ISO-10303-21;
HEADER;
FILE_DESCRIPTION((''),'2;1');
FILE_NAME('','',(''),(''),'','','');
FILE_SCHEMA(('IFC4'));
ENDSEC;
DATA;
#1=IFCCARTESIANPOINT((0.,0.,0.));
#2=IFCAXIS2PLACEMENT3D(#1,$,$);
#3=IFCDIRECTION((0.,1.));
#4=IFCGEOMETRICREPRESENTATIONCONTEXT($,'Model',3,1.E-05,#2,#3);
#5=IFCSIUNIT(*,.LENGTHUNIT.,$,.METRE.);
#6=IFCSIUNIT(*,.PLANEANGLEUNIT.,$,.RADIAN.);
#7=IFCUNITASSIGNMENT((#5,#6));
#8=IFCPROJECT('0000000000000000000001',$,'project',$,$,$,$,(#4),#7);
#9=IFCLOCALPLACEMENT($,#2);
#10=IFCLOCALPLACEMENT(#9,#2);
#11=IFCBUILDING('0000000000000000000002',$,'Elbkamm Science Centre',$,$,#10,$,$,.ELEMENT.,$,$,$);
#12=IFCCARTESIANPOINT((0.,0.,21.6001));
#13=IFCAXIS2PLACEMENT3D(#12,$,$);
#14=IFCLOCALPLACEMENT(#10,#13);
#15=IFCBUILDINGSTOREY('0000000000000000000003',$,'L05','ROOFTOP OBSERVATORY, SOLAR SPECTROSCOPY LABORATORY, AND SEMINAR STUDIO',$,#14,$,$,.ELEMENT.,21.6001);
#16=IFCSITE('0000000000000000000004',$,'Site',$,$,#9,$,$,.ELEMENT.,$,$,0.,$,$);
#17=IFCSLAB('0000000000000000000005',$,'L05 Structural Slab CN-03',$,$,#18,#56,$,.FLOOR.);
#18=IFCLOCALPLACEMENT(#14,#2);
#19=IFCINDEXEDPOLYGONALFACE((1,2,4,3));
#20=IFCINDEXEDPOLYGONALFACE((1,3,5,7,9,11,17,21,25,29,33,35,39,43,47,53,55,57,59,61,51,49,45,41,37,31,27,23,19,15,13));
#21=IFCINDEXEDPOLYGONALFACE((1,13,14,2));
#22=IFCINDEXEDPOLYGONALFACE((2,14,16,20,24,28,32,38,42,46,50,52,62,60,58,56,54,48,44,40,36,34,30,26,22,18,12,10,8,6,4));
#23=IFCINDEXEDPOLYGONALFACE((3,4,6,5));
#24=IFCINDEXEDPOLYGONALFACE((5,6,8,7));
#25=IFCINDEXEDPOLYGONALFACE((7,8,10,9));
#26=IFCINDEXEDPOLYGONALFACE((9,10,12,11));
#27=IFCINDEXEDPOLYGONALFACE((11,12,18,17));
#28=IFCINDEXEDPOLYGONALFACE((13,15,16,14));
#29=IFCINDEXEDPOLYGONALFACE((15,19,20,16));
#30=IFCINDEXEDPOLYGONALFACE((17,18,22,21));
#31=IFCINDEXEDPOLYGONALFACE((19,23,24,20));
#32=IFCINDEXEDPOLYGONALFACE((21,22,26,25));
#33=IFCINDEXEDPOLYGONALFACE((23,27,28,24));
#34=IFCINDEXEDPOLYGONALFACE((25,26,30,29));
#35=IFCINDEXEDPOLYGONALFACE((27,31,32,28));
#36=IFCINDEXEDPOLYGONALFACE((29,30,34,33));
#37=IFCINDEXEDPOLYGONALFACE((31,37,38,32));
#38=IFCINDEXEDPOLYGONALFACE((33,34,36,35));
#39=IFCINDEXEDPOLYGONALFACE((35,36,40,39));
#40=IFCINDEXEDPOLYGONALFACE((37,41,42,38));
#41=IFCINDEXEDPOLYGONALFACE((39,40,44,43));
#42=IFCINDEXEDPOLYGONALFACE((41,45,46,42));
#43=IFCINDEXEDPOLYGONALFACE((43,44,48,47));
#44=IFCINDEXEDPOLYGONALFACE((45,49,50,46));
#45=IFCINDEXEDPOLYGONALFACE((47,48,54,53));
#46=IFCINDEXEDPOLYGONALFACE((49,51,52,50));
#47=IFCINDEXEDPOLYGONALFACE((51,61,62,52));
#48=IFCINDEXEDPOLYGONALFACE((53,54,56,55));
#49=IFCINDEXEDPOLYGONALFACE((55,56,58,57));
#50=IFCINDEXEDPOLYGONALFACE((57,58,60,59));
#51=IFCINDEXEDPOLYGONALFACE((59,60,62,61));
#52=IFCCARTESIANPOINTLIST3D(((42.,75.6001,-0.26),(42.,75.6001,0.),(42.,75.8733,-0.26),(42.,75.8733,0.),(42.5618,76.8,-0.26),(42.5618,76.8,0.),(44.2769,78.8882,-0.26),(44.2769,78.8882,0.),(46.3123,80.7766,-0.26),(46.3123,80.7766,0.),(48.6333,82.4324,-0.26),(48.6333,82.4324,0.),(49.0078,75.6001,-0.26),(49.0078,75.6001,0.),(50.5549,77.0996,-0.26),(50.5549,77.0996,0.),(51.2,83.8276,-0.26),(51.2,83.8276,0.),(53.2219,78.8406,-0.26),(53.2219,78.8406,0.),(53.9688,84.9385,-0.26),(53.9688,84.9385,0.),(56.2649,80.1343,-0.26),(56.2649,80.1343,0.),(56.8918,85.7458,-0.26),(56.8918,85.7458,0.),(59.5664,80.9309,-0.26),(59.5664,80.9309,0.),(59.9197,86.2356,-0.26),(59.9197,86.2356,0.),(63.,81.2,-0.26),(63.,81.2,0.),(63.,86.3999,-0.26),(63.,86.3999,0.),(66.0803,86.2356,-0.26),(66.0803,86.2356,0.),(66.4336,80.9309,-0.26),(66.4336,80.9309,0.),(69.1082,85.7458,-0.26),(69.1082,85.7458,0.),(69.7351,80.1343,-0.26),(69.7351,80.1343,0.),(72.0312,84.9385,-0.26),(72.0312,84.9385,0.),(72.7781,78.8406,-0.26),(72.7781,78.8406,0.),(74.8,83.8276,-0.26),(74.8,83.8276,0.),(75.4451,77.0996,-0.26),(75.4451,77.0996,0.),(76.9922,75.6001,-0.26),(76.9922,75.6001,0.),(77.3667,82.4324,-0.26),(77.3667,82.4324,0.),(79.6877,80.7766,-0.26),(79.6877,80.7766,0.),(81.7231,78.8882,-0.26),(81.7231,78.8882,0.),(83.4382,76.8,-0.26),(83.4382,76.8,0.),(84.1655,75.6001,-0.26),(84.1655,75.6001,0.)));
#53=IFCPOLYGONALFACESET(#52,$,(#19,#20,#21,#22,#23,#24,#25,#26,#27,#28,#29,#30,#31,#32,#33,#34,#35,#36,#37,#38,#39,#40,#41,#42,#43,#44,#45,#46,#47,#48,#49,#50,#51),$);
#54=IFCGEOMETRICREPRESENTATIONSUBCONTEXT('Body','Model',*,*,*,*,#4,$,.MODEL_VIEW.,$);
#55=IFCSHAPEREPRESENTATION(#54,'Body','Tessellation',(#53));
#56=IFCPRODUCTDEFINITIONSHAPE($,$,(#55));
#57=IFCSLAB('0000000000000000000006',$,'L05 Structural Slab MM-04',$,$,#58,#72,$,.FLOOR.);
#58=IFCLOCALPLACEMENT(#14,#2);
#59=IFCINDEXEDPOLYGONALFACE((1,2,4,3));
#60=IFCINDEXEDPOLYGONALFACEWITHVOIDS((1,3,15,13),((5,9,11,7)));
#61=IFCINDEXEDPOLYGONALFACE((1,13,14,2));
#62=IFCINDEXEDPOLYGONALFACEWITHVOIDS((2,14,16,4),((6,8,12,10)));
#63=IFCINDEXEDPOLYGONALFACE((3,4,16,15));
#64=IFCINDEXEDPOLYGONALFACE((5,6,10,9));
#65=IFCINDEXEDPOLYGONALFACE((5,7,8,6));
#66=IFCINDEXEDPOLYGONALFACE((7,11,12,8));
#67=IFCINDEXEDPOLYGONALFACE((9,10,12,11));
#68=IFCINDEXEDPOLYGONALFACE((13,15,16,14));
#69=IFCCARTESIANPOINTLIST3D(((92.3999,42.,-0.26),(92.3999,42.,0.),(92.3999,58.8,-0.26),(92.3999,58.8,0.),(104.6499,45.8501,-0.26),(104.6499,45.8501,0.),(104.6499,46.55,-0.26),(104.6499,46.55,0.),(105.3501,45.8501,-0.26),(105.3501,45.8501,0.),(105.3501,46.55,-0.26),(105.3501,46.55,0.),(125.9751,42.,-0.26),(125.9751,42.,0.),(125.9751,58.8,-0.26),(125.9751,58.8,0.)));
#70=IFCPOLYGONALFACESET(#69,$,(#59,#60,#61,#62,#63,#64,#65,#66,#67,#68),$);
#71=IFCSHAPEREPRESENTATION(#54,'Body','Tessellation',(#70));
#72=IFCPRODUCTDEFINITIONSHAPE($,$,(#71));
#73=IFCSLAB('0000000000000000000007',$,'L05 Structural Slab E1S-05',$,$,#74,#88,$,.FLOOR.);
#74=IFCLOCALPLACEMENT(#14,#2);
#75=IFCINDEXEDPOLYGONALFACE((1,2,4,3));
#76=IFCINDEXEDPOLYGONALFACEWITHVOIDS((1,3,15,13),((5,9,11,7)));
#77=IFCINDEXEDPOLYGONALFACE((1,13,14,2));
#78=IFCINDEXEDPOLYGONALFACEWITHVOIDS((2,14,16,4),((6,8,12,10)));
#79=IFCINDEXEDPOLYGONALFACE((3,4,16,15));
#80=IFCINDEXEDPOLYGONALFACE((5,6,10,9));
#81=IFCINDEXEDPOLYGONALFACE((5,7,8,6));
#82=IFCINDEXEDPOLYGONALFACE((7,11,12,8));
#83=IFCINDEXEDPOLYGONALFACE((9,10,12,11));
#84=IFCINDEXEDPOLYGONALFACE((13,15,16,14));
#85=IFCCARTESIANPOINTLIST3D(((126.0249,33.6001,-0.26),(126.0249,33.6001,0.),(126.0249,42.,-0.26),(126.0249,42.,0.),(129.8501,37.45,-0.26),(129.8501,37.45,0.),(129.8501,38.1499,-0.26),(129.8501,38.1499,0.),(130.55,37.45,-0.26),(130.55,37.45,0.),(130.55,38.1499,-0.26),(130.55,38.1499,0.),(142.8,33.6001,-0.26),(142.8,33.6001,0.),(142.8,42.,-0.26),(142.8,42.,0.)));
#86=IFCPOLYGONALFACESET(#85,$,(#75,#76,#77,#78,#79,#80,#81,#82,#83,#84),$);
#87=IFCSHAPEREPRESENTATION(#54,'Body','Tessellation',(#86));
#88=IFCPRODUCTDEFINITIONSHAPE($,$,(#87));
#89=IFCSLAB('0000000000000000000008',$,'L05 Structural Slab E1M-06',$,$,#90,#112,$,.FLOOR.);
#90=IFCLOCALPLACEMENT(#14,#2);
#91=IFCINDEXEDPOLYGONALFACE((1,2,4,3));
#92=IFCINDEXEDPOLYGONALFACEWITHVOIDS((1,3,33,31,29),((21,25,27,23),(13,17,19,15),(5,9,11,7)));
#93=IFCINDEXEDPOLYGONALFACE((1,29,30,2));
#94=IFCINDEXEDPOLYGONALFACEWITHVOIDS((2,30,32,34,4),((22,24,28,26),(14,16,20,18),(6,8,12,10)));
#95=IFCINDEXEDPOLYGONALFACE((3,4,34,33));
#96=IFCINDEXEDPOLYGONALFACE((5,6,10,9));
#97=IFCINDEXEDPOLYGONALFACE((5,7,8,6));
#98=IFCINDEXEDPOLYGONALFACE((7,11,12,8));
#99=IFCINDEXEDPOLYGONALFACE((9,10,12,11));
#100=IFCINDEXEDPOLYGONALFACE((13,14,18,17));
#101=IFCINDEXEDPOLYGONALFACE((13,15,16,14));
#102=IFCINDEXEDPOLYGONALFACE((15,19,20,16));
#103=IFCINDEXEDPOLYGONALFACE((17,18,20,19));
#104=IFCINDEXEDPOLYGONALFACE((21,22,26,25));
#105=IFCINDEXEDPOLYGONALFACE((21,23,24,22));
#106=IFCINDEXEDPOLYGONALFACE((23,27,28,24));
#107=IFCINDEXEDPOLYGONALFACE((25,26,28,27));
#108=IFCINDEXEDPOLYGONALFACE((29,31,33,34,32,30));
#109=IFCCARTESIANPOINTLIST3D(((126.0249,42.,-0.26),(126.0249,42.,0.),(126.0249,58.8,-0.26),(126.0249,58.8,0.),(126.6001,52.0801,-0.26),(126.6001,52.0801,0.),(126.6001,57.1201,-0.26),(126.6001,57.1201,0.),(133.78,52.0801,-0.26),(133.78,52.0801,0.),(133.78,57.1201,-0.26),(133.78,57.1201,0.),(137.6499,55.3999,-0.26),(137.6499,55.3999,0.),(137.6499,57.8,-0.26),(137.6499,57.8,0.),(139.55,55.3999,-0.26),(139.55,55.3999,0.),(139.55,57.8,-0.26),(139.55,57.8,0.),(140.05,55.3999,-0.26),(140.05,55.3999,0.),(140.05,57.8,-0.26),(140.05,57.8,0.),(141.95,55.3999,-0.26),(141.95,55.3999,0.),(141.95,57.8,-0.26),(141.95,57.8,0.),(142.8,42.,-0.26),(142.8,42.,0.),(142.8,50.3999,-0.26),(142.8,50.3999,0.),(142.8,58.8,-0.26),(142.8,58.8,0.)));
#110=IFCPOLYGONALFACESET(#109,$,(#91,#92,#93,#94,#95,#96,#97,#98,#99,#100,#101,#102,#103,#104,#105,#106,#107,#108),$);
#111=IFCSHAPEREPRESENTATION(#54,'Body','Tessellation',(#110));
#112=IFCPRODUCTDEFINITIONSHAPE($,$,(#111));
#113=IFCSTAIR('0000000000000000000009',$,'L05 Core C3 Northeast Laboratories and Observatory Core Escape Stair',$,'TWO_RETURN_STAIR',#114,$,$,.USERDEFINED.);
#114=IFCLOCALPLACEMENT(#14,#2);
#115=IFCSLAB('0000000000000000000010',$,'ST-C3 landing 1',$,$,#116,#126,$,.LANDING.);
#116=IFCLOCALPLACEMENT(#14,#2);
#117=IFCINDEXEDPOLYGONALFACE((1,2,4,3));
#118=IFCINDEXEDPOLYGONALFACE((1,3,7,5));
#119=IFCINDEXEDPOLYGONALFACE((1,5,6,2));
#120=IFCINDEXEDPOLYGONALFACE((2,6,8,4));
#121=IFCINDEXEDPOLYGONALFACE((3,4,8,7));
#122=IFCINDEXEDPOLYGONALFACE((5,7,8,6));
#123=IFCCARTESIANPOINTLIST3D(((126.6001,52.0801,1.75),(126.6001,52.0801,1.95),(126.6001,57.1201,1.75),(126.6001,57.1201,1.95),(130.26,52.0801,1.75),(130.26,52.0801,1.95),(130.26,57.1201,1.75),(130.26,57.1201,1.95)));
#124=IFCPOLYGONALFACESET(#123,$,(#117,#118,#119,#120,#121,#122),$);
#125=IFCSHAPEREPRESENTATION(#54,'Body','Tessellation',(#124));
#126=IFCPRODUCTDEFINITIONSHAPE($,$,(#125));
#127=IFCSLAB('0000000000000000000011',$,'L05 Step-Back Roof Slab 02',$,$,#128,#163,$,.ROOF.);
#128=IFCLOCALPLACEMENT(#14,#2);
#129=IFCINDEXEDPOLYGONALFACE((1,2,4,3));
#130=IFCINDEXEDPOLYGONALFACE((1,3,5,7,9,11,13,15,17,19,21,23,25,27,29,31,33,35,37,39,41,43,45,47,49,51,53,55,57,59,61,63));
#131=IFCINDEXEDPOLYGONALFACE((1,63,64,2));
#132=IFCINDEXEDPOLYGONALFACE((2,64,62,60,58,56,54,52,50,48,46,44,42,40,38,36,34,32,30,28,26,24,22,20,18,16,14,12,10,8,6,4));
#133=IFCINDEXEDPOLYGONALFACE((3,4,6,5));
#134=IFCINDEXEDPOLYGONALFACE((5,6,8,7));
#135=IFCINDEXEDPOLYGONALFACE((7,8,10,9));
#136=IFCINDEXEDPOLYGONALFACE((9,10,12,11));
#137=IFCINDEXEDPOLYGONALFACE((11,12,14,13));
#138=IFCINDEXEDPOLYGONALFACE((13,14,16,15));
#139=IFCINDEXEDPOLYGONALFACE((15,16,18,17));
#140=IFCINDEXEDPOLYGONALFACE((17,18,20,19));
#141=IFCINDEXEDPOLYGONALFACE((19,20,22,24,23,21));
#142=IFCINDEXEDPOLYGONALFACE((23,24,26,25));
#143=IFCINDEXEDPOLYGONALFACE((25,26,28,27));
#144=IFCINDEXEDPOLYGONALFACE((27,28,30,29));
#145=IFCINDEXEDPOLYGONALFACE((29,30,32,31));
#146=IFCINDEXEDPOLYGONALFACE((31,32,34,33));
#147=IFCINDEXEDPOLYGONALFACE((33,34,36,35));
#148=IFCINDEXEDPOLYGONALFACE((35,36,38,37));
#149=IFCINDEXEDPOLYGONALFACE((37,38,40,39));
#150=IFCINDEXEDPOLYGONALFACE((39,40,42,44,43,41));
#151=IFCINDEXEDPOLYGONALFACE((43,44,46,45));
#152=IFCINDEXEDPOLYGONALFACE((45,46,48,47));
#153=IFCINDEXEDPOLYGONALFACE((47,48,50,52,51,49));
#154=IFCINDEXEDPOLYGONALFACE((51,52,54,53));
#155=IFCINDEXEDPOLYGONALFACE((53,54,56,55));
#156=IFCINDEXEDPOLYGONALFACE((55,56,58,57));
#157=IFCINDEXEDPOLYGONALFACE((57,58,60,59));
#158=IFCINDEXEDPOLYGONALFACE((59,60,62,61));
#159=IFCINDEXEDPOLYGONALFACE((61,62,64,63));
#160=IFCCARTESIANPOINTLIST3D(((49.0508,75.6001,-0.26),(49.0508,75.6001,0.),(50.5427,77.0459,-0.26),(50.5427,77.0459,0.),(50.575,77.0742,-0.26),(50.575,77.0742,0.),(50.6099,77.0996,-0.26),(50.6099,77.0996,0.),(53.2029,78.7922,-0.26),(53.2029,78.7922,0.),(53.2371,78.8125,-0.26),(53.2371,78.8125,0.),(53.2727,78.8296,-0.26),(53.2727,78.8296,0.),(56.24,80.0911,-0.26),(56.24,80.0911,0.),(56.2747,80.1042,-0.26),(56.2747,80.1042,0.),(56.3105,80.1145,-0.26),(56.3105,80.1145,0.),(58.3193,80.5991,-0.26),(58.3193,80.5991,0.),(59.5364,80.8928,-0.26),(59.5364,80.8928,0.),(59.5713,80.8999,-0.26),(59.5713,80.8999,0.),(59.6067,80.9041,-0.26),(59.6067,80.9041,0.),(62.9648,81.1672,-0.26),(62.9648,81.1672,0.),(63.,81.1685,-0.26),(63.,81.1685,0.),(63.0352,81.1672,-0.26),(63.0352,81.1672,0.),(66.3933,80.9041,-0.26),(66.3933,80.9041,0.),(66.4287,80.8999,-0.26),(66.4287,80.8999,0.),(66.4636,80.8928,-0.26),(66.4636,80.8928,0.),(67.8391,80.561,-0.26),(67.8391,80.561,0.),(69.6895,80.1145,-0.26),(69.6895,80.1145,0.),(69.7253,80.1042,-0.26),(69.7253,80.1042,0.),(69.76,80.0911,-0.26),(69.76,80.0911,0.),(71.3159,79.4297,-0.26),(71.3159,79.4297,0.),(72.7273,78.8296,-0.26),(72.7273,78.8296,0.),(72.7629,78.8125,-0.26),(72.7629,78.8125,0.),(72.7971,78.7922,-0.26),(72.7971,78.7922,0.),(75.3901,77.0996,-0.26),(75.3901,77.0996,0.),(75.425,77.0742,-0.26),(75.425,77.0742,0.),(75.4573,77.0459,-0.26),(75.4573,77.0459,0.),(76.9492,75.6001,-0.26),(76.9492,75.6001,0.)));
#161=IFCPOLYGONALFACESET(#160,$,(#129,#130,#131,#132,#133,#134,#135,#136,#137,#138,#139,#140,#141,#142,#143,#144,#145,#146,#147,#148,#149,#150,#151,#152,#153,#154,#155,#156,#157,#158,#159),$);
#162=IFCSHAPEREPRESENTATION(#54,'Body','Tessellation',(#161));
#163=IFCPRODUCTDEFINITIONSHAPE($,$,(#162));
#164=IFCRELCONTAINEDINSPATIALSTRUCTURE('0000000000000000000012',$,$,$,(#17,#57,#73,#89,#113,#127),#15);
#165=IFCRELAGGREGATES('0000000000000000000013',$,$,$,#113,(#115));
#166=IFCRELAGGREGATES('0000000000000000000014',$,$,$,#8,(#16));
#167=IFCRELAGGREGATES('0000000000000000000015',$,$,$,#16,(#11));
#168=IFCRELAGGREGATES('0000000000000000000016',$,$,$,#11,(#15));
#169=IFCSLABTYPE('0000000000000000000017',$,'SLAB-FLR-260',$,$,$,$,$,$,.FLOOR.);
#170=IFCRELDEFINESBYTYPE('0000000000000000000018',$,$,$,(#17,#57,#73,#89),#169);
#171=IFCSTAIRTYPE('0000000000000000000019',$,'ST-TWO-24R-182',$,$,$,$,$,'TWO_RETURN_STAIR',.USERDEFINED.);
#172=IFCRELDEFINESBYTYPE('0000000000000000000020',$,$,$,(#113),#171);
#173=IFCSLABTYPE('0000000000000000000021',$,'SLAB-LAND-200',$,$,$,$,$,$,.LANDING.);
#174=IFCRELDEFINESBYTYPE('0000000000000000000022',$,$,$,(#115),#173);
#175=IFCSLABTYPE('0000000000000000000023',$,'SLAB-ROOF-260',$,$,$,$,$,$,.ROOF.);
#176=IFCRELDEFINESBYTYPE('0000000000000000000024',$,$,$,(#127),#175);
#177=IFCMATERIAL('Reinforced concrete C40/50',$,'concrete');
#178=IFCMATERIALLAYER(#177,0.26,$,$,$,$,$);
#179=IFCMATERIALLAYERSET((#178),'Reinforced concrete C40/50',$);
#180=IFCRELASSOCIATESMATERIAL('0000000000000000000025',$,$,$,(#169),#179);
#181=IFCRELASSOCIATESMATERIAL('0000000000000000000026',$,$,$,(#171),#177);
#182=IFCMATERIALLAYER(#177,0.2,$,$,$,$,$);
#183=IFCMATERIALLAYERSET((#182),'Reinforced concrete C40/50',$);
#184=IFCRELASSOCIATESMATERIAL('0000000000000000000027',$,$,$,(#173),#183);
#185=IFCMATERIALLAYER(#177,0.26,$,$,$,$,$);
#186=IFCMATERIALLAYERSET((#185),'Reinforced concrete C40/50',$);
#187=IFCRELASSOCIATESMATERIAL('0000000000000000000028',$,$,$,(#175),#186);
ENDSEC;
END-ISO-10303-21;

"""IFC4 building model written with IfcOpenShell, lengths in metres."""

from ifc_helpers import new_model, si_unit, direction, frame, origin, place, context, subcontext, project, spatial, polyline, outline, extrude, material, layer, layer_set, type_object, element, aggregate, save


model = new_model("IFC4")

# Units and contexts
model_context = context("Model", 3, precision=1e-05, world=origin(), true_north=direction((0.0, 1.0)))
body_context = subcontext(model_context, "Body", "Model", "MODEL_VIEW")
ifc_project = project(units=[si_unit("LENGTHUNIT", "METRE"), si_unit("PLANEANGLEUNIT", "RADIAN")], contexts=[model_context])

# Site, building, storey
site_placement = place(None, origin())
site = spatial("IfcSite", under=ifc_project, at=site_placement, Name="Site", CompositionType="ELEMENT", RefElevation=0.0)
building_placement = place(site_placement, origin())
building = spatial("IfcBuilding", under=site, at=building_placement, Name="Elbkamm Science Centre", CompositionType="ELEMENT")
storey_placement = place(building_placement, frame((0.0, 0.0, 21.6001)))
storey = spatial("IfcBuildingStorey", under=building, at=storey_placement, Name="L05", Description="ROOFTOP OBSERVATORY, SOLAR SPECTROSCOPY LABORATORY, AND SEMINAR STUDIO", CompositionType="ELEMENT", Elevation=21.6001)

# Slabs
ifc_material_1 = material(Name="Reinforced concrete C40/50", Category="concrete")
ifc_layer_1 = layer(ifc_material_1, 0.26)
ifc_layer_set_1 = layer_set([ifc_layer_1], Name="Reinforced concrete C40/50")
slab_type_1 = type_object("IfcSlabType", Name="SLAB-FLR-260", PredefinedType="FLOOR", material=ifc_layer_set_1)
slab_1_placement = place(storey_placement, frame((0.0, 0.0, -0.26)))
element("IfcSlab", 1, at=slab_1_placement, inside=storey, type_object=slab_type_1, Name="L05 Structural Slab CN-03", PredefinedType="FLOOR", context=body_context, shape_type="SweptSolid", body=[
    extrude(outline(polyline([(42.5618, 76.8), (44.2769, 78.8882), (46.3123, 80.7766), (48.6333, 82.4324), (51.2, 83.8276), (53.9688, 84.9385), (56.8918, 85.7458), (59.9197, 86.2356), (63.0, 86.3999), (66.0803, 86.2356), (69.1082, 85.7458), (72.0312, 84.9385), (74.8, 83.8276), (77.3667, 82.4324), (79.6877, 80.7766), (81.7231, 78.8882), (83.4382, 76.8), (84.1655, 75.6001), (76.9922, 75.6001), (75.4451, 77.0996), (72.7781, 78.8406), (69.7351, 80.1343), (66.4336, 80.9309), (63.0, 81.2), (59.5664, 80.9309), (56.2649, 80.1343), (53.2219, 78.8406), (50.5549, 77.0996), (49.0078, 75.6001), (42.0, 75.6001), (42.0, 75.8733), (42.5618, 76.8)])), origin(), (0.0, 0.0, 1.0), 0.26),
])
slab_2_placement = place(storey_placement, frame((0.0, 0.0, -0.26)))
element("IfcSlab", 2, at=slab_2_placement, inside=storey, type_object=slab_type_1, Name="L05 Structural Slab MM-04", PredefinedType="FLOOR", context=body_context, shape_type="SweptSolid", body=[
    extrude(outline(polyline([(125.9751, 42.0), (92.3999, 42.0), (92.3999, 58.8), (125.9751, 58.8), (125.9751, 42.0)]), holes=[polyline([(105.3501, 46.55), (104.6499, 46.55), (104.6499, 45.8501), (105.3501, 45.8501), (105.3501, 46.55)])]), origin(), (0.0, 0.0, 1.0), 0.26),
])
slab_3_placement = place(storey_placement, frame((0.0, 0.0, -0.26)))
element("IfcSlab", 3, at=slab_3_placement, inside=storey, type_object=slab_type_1, Name="L05 Structural Slab E1S-05", PredefinedType="FLOOR", context=body_context, shape_type="SweptSolid", body=[
    extrude(outline(polyline([(126.0249, 33.6001), (126.0249, 42.0), (142.8, 42.0), (142.8, 33.6001), (126.0249, 33.6001)]), holes=[polyline([(130.55, 38.1499), (129.8501, 38.1499), (129.8501, 37.45), (130.55, 37.45), (130.55, 38.1499)])]), origin(), (0.0, 0.0, 1.0), 0.26),
])
slab_4_placement = place(storey_placement, frame((0.0, 0.0, -0.26)))
element("IfcSlab", 4, at=slab_4_placement, inside=storey, type_object=slab_type_1, Name="L05 Structural Slab E1M-06", PredefinedType="FLOOR", context=body_context, shape_type="SweptSolid", body=[
    extrude(outline(polyline([(142.8, 50.3999), (142.8, 42.0), (126.0249, 42.0), (126.0249, 58.8), (142.8, 58.8), (142.8, 50.3999)]), holes=[polyline([(133.78, 52.0801), (133.78, 57.1201), (126.6001, 57.1201), (126.6001, 52.0801), (133.78, 52.0801)]), polyline([(139.55, 55.3999), (139.55, 57.8), (137.6499, 57.8), (137.6499, 55.3999), (139.55, 55.3999)]), polyline([(140.05, 55.3999), (141.95, 55.3999), (141.95, 57.8), (140.05, 57.8), (140.05, 55.3999)])]), origin(), (0.0, 0.0, 1.0), 0.26),
])

# Stair, slab
stair_type = type_object("IfcStairType", Name="ST-TWO-24R-182", ElementType="TWO_RETURN_STAIR", PredefinedType="USERDEFINED", material=ifc_material_1)
stair_placement = place(storey_placement, origin())
stair = element("IfcStair", 5, at=stair_placement, inside=storey, type_object=stair_type, Name="L05 Core C3 Northeast Laboratories and Observatory Core Escape Stair", ObjectType="TWO_RETURN_STAIR", PredefinedType="USERDEFINED")
ifc_layer_2 = layer(ifc_material_1, 0.2)
ifc_layer_set_2 = layer_set([ifc_layer_2], Name="Reinforced concrete C40/50")
slab_type_2 = type_object("IfcSlabType", Name="SLAB-LAND-200", PredefinedType="LANDING", material=ifc_layer_set_2)
slab_5_placement = place(storey_placement, frame((0.0, 0.0, 1.75)))
slab_5 = element("IfcSlab", 6, at=slab_5_placement, type_object=slab_type_2, Name="ST-C3 landing 1", PredefinedType="LANDING", context=body_context, shape_type="SweptSolid", body=[
    extrude(outline(polyline([(130.26, 57.1201), (126.6001, 57.1201), (126.6001, 52.0801), (130.26, 52.0801), (130.26, 57.1201)])), origin(), (0.0, 0.0, 1.0), 0.2),
])
aggregate(stair, [slab_5])

# Slab
ifc_layer_3 = layer(ifc_material_1, 0.26)
ifc_layer_set_3 = layer_set([ifc_layer_3], Name="Reinforced concrete C40/50")
slab_type_3 = type_object("IfcSlabType", Name="SLAB-ROOF-260", PredefinedType="ROOF", material=ifc_layer_set_3)
slab_6_placement = place(storey_placement, frame((0.0, 0.0, -0.26)))
element("IfcSlab", 7, at=slab_6_placement, inside=storey, type_object=slab_type_3, Name="L05 Step-Back Roof Slab 02", PredefinedType="ROOF", context=body_context, shape_type="SweptSolid", body=[
    extrude(outline(polyline([(50.5427, 77.0459), (50.575, 77.0742), (50.6099, 77.0996), (53.2029, 78.7922), (53.2371, 78.8125), (53.2727, 78.8296), (56.24, 80.0911), (56.2747, 80.1042), (56.3105, 80.1145), (58.3193, 80.5991), (59.5364, 80.8928), (59.5713, 80.8999), (59.6067, 80.9041), (62.9648, 81.1672), (63.0, 81.1685), (63.0352, 81.1672), (66.3933, 80.9041), (66.4287, 80.8999), (66.4636, 80.8928), (67.8391, 80.561), (69.6895, 80.1145), (69.7253, 80.1042), (69.76, 80.0911), (71.3159, 79.4297), (72.7273, 78.8296), (72.7629, 78.8125), (72.7971, 78.7922), (75.3901, 77.0996), (75.425, 77.0742), (75.4573, 77.0459), (76.9492, 75.6001), (49.0508, 75.6001), (50.5427, 77.0459)])), origin(), (0.0, 0.0, 1.0), 0.26),
])

save(model, "model.ifc")
